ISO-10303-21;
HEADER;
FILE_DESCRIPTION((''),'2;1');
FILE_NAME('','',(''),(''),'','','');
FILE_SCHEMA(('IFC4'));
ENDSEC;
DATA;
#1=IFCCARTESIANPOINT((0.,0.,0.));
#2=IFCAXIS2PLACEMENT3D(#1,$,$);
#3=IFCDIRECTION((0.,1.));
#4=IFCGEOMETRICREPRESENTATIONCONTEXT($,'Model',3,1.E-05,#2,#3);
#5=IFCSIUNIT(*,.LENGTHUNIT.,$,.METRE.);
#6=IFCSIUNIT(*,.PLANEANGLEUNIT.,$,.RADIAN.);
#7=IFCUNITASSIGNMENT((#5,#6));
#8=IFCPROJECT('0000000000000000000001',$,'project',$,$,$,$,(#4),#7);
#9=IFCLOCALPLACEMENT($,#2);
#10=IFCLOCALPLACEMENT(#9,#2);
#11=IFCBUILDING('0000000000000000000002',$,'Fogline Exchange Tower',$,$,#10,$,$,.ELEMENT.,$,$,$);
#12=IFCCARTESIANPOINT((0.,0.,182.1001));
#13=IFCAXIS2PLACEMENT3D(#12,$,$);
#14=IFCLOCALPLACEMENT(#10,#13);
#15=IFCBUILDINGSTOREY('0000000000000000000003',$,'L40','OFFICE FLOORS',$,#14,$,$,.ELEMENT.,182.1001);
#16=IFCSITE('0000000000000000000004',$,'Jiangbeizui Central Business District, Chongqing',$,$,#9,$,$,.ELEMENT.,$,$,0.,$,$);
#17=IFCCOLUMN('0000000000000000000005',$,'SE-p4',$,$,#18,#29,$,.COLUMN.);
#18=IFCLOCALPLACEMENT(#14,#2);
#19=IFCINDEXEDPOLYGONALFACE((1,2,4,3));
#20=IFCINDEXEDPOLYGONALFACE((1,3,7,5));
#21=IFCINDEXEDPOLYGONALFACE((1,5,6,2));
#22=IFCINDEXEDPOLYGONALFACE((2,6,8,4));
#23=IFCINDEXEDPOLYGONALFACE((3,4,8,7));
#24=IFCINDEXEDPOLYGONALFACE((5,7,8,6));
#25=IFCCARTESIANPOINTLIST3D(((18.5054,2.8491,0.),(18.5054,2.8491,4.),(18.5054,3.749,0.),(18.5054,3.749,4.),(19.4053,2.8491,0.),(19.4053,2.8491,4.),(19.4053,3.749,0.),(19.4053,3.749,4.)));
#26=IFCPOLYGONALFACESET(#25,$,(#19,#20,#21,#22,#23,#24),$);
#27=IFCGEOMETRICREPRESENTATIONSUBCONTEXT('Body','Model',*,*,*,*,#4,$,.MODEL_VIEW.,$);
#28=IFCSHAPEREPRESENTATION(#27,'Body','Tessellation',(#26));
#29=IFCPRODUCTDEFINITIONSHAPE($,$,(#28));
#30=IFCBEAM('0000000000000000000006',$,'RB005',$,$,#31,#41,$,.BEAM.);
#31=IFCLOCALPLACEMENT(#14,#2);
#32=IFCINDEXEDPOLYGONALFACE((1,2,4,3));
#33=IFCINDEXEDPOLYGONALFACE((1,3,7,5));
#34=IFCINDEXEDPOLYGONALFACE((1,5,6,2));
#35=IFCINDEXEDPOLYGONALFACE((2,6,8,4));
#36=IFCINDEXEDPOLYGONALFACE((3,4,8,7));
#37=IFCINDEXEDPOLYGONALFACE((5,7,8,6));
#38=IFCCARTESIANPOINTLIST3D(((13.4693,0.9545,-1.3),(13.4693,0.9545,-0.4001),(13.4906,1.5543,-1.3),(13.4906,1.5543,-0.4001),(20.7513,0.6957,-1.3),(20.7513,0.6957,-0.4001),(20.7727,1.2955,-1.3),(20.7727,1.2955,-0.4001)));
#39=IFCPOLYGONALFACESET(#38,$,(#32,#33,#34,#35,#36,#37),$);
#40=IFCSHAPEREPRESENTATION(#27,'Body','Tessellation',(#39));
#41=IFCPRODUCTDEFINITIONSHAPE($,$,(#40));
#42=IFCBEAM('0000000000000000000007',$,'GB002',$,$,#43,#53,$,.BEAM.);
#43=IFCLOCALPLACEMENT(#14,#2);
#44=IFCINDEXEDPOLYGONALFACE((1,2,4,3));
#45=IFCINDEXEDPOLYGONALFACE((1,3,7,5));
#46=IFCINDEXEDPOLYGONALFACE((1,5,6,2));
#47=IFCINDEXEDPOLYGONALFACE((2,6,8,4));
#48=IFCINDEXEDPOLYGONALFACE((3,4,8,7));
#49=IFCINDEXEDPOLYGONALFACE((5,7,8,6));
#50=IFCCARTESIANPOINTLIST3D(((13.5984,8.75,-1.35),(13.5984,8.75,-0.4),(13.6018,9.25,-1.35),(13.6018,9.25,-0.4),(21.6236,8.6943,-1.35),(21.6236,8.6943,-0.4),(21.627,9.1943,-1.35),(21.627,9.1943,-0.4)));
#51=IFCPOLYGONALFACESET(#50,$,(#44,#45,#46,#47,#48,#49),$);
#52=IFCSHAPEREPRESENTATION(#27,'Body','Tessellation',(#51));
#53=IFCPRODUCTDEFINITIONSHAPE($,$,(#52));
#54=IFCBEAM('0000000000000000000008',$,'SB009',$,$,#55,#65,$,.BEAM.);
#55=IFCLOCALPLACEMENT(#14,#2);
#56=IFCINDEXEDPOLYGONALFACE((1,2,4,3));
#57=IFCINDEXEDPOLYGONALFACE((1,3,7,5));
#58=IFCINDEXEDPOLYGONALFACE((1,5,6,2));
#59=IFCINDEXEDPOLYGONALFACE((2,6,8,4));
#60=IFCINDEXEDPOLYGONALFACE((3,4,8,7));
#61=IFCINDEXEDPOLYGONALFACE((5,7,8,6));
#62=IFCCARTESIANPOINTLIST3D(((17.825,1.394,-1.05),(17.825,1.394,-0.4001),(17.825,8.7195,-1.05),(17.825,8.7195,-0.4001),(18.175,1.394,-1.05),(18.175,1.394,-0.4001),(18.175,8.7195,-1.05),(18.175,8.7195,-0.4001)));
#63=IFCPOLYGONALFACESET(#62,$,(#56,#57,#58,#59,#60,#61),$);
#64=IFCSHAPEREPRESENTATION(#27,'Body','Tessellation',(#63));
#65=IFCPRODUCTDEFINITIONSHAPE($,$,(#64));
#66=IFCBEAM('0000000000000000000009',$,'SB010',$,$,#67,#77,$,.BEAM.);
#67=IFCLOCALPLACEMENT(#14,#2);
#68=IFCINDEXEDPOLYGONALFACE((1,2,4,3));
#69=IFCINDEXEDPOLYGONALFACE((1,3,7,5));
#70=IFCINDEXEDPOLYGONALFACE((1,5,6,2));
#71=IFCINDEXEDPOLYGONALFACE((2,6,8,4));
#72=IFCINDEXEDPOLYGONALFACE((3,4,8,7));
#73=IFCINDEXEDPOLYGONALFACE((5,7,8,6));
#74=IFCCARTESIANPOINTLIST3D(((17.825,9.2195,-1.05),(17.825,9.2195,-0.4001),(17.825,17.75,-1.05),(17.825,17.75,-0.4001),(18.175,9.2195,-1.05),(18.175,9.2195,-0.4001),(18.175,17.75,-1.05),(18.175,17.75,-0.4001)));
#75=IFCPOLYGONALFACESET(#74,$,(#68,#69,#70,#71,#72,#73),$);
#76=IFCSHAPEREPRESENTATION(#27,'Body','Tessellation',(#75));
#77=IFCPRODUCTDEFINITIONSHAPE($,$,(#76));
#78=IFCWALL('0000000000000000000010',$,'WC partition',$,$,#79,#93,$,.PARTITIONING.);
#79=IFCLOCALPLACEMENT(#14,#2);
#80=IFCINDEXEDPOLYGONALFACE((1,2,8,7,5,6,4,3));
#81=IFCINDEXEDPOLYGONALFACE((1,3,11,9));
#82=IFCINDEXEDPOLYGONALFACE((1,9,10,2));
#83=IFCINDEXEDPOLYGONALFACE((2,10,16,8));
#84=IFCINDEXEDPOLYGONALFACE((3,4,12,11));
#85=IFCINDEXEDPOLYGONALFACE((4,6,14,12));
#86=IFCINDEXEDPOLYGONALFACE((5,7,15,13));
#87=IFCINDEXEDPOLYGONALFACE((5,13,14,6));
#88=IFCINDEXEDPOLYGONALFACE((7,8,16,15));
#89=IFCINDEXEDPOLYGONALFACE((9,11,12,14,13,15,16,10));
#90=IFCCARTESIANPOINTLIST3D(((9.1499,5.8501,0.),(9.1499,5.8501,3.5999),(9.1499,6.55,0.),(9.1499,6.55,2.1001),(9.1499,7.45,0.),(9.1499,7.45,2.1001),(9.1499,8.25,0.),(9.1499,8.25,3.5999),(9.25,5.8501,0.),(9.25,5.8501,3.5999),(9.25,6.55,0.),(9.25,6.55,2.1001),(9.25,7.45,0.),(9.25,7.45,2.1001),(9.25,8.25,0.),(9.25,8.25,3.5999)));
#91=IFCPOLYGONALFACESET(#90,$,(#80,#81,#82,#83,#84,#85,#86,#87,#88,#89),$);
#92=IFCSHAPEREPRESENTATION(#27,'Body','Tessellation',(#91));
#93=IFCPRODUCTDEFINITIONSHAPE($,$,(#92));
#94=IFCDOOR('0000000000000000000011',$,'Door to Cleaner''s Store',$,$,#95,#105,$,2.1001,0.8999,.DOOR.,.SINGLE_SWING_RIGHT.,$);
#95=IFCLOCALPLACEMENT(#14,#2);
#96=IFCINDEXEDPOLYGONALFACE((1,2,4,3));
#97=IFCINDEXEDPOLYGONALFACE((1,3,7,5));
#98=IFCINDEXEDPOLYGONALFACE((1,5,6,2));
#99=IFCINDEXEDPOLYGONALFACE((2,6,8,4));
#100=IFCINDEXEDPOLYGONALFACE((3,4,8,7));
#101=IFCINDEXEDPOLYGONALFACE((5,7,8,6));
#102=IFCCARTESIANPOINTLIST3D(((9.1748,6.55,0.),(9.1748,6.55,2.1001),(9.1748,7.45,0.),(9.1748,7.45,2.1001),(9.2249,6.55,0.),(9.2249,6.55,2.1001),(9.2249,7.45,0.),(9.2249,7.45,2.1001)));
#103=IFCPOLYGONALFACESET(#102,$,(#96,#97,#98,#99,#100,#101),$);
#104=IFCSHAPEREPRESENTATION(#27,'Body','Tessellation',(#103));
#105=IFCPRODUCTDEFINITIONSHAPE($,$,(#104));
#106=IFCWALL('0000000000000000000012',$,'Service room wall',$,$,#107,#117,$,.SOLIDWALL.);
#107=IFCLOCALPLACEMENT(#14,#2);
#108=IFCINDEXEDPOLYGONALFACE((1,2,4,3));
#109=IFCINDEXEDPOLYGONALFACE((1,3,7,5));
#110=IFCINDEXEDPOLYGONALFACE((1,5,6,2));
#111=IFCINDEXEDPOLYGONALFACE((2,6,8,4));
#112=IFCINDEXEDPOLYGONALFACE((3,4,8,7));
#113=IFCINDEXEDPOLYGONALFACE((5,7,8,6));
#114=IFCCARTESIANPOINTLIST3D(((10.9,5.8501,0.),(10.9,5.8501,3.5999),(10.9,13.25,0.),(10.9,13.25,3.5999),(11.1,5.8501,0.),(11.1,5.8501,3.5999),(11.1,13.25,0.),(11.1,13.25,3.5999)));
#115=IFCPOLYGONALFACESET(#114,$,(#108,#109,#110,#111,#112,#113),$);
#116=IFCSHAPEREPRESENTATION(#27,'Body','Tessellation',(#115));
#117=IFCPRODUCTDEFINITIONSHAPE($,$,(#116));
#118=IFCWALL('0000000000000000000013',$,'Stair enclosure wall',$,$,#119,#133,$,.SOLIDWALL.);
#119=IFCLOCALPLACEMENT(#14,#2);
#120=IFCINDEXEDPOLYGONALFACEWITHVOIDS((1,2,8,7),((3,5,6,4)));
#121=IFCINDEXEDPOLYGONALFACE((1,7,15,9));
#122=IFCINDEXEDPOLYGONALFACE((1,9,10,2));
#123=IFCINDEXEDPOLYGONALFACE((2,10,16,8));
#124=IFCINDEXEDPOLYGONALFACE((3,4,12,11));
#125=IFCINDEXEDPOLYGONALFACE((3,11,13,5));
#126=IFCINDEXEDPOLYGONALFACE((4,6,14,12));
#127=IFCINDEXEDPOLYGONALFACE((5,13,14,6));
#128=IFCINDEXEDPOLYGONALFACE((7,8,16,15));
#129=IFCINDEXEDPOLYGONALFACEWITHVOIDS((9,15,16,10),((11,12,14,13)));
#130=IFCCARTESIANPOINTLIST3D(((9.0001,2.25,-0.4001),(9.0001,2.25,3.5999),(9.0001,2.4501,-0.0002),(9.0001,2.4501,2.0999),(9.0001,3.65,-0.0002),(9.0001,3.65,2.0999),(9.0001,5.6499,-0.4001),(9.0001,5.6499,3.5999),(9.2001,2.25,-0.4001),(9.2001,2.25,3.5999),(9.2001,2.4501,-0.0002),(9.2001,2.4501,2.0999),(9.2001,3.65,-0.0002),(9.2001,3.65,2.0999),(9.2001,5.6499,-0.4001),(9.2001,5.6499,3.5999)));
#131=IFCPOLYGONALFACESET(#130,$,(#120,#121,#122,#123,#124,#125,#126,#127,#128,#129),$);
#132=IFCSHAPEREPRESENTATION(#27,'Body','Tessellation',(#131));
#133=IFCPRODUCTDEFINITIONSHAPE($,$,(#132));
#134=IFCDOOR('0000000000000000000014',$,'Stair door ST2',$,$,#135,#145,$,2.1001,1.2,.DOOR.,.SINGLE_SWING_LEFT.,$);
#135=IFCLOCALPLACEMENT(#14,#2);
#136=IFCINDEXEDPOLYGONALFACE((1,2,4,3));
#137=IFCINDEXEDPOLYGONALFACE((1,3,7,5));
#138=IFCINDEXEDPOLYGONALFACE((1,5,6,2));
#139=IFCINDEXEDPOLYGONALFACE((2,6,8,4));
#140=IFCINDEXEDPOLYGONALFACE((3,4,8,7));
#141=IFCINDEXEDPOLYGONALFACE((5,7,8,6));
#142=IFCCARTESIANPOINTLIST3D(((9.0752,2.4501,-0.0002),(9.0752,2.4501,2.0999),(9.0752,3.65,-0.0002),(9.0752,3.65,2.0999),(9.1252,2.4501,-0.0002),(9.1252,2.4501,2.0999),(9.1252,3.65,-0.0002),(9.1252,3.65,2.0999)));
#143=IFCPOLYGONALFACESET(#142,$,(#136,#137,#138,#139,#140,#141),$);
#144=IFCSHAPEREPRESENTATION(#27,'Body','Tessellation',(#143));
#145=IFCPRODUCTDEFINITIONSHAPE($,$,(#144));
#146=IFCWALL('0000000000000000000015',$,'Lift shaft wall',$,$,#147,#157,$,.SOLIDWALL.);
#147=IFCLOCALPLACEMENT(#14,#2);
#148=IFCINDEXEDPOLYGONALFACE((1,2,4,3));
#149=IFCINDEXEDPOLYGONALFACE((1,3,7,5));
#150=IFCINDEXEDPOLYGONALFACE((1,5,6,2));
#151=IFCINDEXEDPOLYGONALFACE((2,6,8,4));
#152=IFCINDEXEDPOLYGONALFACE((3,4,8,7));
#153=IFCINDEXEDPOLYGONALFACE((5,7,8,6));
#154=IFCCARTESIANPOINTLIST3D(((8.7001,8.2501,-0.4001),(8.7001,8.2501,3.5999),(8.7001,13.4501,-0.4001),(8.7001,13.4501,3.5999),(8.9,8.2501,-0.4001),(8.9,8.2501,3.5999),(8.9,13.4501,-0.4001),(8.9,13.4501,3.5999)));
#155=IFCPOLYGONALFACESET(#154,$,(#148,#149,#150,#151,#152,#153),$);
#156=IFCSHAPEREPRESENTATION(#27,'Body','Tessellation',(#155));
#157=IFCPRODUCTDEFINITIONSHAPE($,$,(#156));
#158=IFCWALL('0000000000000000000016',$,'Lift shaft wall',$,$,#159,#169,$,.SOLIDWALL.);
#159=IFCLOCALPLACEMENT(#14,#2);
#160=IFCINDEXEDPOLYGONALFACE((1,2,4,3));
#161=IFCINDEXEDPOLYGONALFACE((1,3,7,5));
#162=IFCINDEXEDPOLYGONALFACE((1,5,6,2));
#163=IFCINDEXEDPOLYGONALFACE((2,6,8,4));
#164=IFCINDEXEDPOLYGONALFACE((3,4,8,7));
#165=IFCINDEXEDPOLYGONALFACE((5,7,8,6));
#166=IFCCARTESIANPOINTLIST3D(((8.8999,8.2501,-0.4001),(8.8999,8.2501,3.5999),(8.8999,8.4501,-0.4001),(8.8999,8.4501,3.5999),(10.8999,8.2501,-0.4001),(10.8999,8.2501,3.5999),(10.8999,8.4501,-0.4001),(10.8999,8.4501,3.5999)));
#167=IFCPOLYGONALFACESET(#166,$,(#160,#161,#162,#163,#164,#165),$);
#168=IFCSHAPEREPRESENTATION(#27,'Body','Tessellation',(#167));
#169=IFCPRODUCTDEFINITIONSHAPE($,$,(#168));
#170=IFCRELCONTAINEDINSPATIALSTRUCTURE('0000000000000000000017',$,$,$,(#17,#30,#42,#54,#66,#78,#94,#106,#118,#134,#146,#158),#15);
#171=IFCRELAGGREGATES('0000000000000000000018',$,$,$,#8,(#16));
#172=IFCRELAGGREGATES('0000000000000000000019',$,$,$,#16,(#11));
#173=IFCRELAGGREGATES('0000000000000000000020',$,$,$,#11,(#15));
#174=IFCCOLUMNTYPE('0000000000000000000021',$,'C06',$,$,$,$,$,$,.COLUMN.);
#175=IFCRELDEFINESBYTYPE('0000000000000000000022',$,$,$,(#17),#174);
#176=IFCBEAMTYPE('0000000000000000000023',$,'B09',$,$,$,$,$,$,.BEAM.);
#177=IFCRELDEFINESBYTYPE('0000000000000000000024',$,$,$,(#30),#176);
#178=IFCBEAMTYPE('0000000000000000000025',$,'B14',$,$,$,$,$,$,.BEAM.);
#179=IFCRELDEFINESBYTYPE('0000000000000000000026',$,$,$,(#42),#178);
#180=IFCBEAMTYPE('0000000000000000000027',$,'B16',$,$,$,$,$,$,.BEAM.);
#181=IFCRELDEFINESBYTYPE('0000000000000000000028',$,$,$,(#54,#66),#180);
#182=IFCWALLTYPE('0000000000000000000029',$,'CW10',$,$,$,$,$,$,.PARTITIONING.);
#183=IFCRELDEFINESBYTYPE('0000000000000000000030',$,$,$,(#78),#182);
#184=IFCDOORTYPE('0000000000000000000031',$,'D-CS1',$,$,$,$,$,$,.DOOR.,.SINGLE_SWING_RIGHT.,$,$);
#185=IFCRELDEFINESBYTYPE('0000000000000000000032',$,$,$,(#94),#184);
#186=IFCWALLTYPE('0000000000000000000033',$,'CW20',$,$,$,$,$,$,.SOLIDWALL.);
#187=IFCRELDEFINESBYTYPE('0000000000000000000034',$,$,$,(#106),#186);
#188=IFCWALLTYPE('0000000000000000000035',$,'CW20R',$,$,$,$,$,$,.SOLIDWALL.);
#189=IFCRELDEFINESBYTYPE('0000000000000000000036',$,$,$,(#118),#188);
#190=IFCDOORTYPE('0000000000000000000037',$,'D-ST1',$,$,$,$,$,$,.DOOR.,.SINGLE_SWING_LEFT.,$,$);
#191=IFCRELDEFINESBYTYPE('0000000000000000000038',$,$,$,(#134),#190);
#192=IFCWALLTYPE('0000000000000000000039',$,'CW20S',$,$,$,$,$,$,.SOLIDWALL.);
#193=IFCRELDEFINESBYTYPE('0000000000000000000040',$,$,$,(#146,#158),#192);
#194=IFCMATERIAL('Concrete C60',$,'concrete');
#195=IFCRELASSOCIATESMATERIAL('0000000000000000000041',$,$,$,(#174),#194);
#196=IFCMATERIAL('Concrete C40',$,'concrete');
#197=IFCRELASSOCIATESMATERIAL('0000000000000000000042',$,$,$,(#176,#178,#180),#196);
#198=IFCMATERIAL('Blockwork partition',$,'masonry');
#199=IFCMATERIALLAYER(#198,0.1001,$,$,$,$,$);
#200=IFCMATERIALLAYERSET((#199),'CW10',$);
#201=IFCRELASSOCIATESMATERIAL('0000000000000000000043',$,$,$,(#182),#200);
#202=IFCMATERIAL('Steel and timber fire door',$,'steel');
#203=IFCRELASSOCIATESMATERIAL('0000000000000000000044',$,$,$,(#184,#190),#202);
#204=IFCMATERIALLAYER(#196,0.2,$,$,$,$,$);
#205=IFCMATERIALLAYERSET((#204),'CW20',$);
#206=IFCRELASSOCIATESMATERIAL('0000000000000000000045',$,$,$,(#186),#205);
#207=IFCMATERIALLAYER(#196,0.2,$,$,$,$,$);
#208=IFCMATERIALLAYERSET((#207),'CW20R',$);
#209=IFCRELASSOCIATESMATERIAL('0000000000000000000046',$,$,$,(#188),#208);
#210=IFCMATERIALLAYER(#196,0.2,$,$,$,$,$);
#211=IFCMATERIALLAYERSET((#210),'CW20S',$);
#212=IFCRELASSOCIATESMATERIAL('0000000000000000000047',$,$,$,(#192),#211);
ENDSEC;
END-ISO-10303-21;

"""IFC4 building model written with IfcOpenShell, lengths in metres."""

from ifc_helpers import new_model, si_unit, direction, frame, frame_2d, origin, origin_2d, place, context, subcontext, project, spatial, rectangle, extrude, material, layer, layer_set, material_profile, profile_set, type_object, element, fill, save


model = new_model("IFC4")

# Units and contexts
model_context = context("Model", 3, precision=1e-05, world=origin(), true_north=direction((0.0, 1.0)))
body_context = subcontext(model_context, "Body", "Model", "MODEL_VIEW")
ifc_project = project(units=[si_unit("LENGTHUNIT", "METRE"), si_unit("PLANEANGLEUNIT", "RADIAN")], contexts=[model_context])

# Site, building, storey
site_placement = place(None, origin())
site = spatial("IfcSite", under=ifc_project, at=site_placement, Name="Jiangbeizui Central Business District, Chongqing", CompositionType="ELEMENT", RefElevation=0.0)
building_placement = place(site_placement, origin())
building = spatial("IfcBuilding", under=site, at=building_placement, Name="Fogline Exchange Tower", CompositionType="ELEMENT")
storey_placement = place(building_placement, frame((0.0, 0.0, 182.1001)))
storey = spatial("IfcBuildingStorey", under=building, at=storey_placement, Name="L40", Description="OFFICE FLOORS", CompositionType="ELEMENT", Elevation=182.1001)

# Column
ifc_material_1 = material(Name="Concrete C60", Category="concrete")
ifc_material_profile_1 = material_profile(ifc_material_1, rectangle(XDim=0.8999, YDim=0.8999, at=origin_2d()), Name="RC 900x900")
ifc_profile_set_1 = profile_set([ifc_material_profile_1], Name="Concrete C60")
column_type = type_object("IfcColumnType", Name="C06", PredefinedType="COLUMN", material=ifc_profile_set_1)
column_placement = place(storey_placement, frame((18.9553, 3.2991, 0.0), z_axis=(0.0, 0.0, 1.0), x_axis=(1.0, 0.0, 0.0)))
element("IfcColumn", 1, at=column_placement, inside=storey, type_object=column_type, Name="SE-p4", PredefinedType="COLUMN", context=body_context, shape_type="SweptSolid", body=[
    extrude(rectangle(XDim=0.8999, YDim=0.8999, at=origin_2d()), origin(), (0.0, 0.0, 1.0), 4.0),
])

# Beams
ifc_material_2 = material(Name="Concrete C40", Category="concrete")
ifc_material_profile_2 = material_profile(ifc_material_2, rectangle(XDim=0.6001, YDim=0.8999, at=origin_2d()), Name="RC 600x900")
ifc_profile_set_2 = profile_set([ifc_material_profile_2], Name="Concrete C40")
beam_type_1 = type_object("IfcBeamType", Name="B09", PredefinedType="BEAM", material=ifc_profile_set_2)
beam_1_placement = place(storey_placement, frame((13.48, 1.2544, -0.8501), z_axis=(0.999369, -0.035516, 0.0), x_axis=(0.035516, 0.999369, 0.0)))
element("IfcBeam", 2, at=beam_1_placement, inside=storey, type_object=beam_type_1, Name="RB005", PredefinedType="BEAM", context=body_context, shape_type="SweptSolid", body=[
    extrude(rectangle(XDim=0.6001, YDim=0.8999, at=origin_2d()), origin(), (0.0, 0.0, 1.0), 7.2866),
])
ifc_material_profile_3 = material_profile(ifc_material_2, rectangle(XDim=0.5, YDim=0.95, at=origin_2d()), Name="RC 500x950")
ifc_profile_set_3 = profile_set([ifc_material_profile_3], Name="Concrete C40")
beam_type_2 = type_object("IfcBeamType", Name="B14", PredefinedType="BEAM", material=ifc_profile_set_3)
beam_2_placement = place(storey_placement, frame((13.6001, 9.0, -0.875), z_axis=(0.999976, -0.006936, 0.0), x_axis=(0.006936, 0.999976, 0.0)))
element("IfcBeam", 3, at=beam_2_placement, inside=storey, type_object=beam_type_2, Name="GB002", PredefinedType="BEAM", context=body_context, shape_type="SweptSolid", body=[
    extrude(rectangle(XDim=0.5, YDim=0.95, at=origin_2d()), origin(), (0.0, 0.0, 1.0), 8.0254),
])
ifc_material_profile_4 = material_profile(ifc_material_2, rectangle(XDim=0.3501, YDim=0.6499, at=origin_2d()), Name="RC 350x650")
ifc_profile_set_4 = profile_set([ifc_material_profile_4], Name="Concrete C40")
beam_type_3 = type_object("IfcBeamType", Name="B16", PredefinedType="BEAM", material=ifc_profile_set_4)
beam_3_placement = place(storey_placement, frame((18.0, 1.394, -0.7251), z_axis=(0.0, 1.0, 0.0), x_axis=(-1.0, 0.0, 0.0)))
element("IfcBeam", 4, at=beam_3_placement, inside=storey, type_object=beam_type_3, Name="SB009", PredefinedType="BEAM", context=body_context, shape_type="SweptSolid", body=[
    extrude(rectangle(XDim=0.3501, YDim=0.6499, at=origin_2d()), origin(), (0.0, 0.0, 1.0), 7.3254),
])
beam_4_placement = place(storey_placement, frame((18.0, 9.2195, -0.7251), z_axis=(0.0, 1.0, 0.0), x_axis=(-1.0, 0.0, 0.0)))
element("IfcBeam", 5, at=beam_4_placement, inside=storey, type_object=beam_type_3, Name="SB010", PredefinedType="BEAM", context=body_context, shape_type="SweptSolid", body=[
    extrude(rectangle(XDim=0.3501, YDim=0.6499, at=origin_2d()), origin(), (0.0, 0.0, 1.0), 8.5305),
])

# Wall, opening, door
ifc_material_3 = material(Name="Blockwork partition", Category="masonry")
ifc_layer_1 = layer(ifc_material_3, 0.1001)
ifc_layer_set_1 = layer_set([ifc_layer_1], Name="CW10")
wall_type_1 = type_object("IfcWallType", Name="CW10", PredefinedType="PARTITIONING", material=ifc_layer_set_1)
wall_1_placement = place(storey_placement, frame((9.2, 5.8501, 0.0), z_axis=(0.0, 0.0, 1.0), x_axis=(0.0, 1.0, 0.0)))
wall_1 = element("IfcWall", 6, at=wall_1_placement, inside=storey, type_object=wall_type_1, Name="WC partition", PredefinedType="PARTITIONING", context=body_context, shape_type="SweptSolid", body=[
    extrude(rectangle(XDim=2.3999, YDim=0.1001, at=frame_2d((1.2, 0.0))), origin(), (0.0, 0.0, 1.0), 3.5999),
])
opening_1_placement = place(wall_1_placement, frame((0.7, 0.0, 0.0)))
opening_1 = element("IfcOpeningElement", 7, at=opening_1_placement, cuts=wall_1, PredefinedType="OPENING", context=body_context, shape_type="SweptSolid", body=[
    extrude(rectangle(XDim=0.8999, YDim=2.1001, at=frame_2d((0.45, 1.05))), frame((0.0, 0.0601, 0.0), z_axis=(0.0, -1.0, 0.0), x_axis=(1.0, 0.0, 0.0)), (0.0, 0.0, 1.0), 0.1201),
])
ifc_material_4 = material(Name="Steel and timber fire door", Category="steel")
door_type_1 = type_object("IfcDoorType", Name="D-CS1", OperationType="SINGLE_SWING_RIGHT", PredefinedType="DOOR", material=ifc_material_4)
door_1_placement = place(opening_1_placement, frame((0.8999, 0.0, 0.0), z_axis=(0.0, 0.0, 1.0), x_axis=(-1.0, 0.0, 0.0)))
door_1 = element("IfcDoor", 8, at=door_1_placement, inside=storey, type_object=door_type_1, Name="Door to Cleaner's Store", OperationType="SINGLE_SWING_RIGHT", OverallHeight=2.1001, OverallWidth=0.8999, PredefinedType="DOOR", context=body_context, shape_type="SweptSolid", body=[
    extrude(rectangle(XDim=0.8999, YDim=2.1001, at=frame_2d((0.45, 1.05))), frame((0.0, 0.0249, 0.0), z_axis=(0.0, -1.0, 0.0), x_axis=(1.0, 0.0, 0.0)), (0.0, 0.0, 1.0), 0.05),
])
fill(opening_1, door_1)

# Wall
ifc_layer_2 = layer(ifc_material_2, 0.2)
ifc_layer_set_2 = layer_set([ifc_layer_2], Name="CW20")
wall_type_2 = type_object("IfcWallType", Name="CW20", PredefinedType="SOLIDWALL", material=ifc_layer_set_2)
wall_2_placement = place(storey_placement, frame((11.0, 5.8501, 0.0), z_axis=(0.0, 0.0, 1.0), x_axis=(0.0, 1.0, 0.0)))
element("IfcWall", 9, at=wall_2_placement, inside=storey, type_object=wall_type_2, Name="Service room wall", PredefinedType="SOLIDWALL", context=body_context, shape_type="SweptSolid", body=[
    extrude(rectangle(XDim=7.3999, YDim=0.2, at=frame_2d((3.7, 0.0))), origin(), (0.0, 0.0, 1.0), 3.5999),
])

# Wall, opening, door
ifc_layer_3 = layer(ifc_material_2, 0.2)
ifc_layer_set_3 = layer_set([ifc_layer_3], Name="CW20R")
wall_type_3 = type_object("IfcWallType", Name="CW20R", PredefinedType="SOLIDWALL", material=ifc_layer_set_3)
wall_3_placement = place(storey_placement, frame((9.1001, 2.25, -0.4001), z_axis=(0.0, 0.0, 1.0), x_axis=(0.0, 1.0, 0.0)))
wall_3 = element("IfcWall", 10, at=wall_3_placement, inside=storey, type_object=wall_type_3, Name="Stair enclosure wall", PredefinedType="SOLIDWALL", context=body_context, shape_type="SweptSolid", body=[
    extrude(rectangle(XDim=3.3999, YDim=0.2, at=frame_2d((1.7, 0.0))), origin(), (0.0, 0.0, 1.0), 4.0),
])
opening_2_placement = place(wall_3_placement, frame((0.2, 0.0, 0.3999)))
opening_2 = element("IfcOpeningElement", 11, at=opening_2_placement, cuts=wall_3, PredefinedType="OPENING", context=body_context, shape_type="SweptSolid", body=[
    extrude(rectangle(XDim=1.2, YDim=2.1001, at=frame_2d((0.6001, 1.05))), frame((0.0, 0.1099, 0.0), z_axis=(0.0, -1.0, 0.0), x_axis=(1.0, 0.0, 0.0)), (0.0, 0.0, 1.0), 0.22),
])
door_type_2 = type_object("IfcDoorType", Name="D-ST1", OperationType="SINGLE_SWING_LEFT", PredefinedType="DOOR", material=ifc_material_4)
door_2_placement = place(opening_2_placement, origin())
door_2 = element("IfcDoor", 12, at=door_2_placement, inside=storey, type_object=door_type_2, Name="Stair door ST2", OperationType="SINGLE_SWING_LEFT", OverallHeight=2.1001, OverallWidth=1.2, PredefinedType="DOOR", context=body_context, shape_type="SweptSolid", body=[
    extrude(rectangle(XDim=1.2, YDim=2.1001, at=frame_2d((0.6001, 1.05))), frame((0.0, 0.0249, 0.0), z_axis=(0.0, -1.0, 0.0), x_axis=(1.0, 0.0, 0.0)), (0.0, 0.0, 1.0), 0.05),
])
fill(opening_2, door_2)

# Walls
ifc_layer_4 = layer(ifc_material_2, 0.2)
ifc_layer_set_4 = layer_set([ifc_layer_4], Name="CW20S")
wall_type_4 = type_object("IfcWallType", Name="CW20S", PredefinedType="SOLIDWALL", material=ifc_layer_set_4)
wall_4_placement = place(storey_placement, frame((8.8, 8.25, -0.4001), z_axis=(0.0, 0.0, 1.0), x_axis=(0.0, 1.0, 0.0)))
element("IfcWall", 13, at=wall_4_placement, inside=storey, type_object=wall_type_4, Name="Lift shaft wall", PredefinedType="SOLIDWALL", context=body_context, shape_type="SweptSolid", body=[
    extrude(rectangle(XDim=5.2, YDim=0.2, at=frame_2d((2.6001, 0.0))), origin(), (0.0, 0.0, 1.0), 4.0),
])
for number, where, z_axis, x_axis, name in (
    (14, (8.8999, 8.3501, -0.4001), (0.0, 0.0, 1.0), (1.0, 0.0, 0.0), "Lift shaft wall"),
):
    element("IfcWall", number, at=place(storey_placement, frame(where, z_axis=z_axis, x_axis=x_axis)), inside=storey, type_object=wall_type_4, Name=name, PredefinedType="SOLIDWALL", context=body_context, shape_type="SweptSolid", body=[
        extrude(rectangle(XDim=2.0, YDim=0.2, at=frame_2d((1.0, 0.0))), origin(), (0.0, 0.0, 1.0), 4.0),
    ])

save(model, "model.ifc")
